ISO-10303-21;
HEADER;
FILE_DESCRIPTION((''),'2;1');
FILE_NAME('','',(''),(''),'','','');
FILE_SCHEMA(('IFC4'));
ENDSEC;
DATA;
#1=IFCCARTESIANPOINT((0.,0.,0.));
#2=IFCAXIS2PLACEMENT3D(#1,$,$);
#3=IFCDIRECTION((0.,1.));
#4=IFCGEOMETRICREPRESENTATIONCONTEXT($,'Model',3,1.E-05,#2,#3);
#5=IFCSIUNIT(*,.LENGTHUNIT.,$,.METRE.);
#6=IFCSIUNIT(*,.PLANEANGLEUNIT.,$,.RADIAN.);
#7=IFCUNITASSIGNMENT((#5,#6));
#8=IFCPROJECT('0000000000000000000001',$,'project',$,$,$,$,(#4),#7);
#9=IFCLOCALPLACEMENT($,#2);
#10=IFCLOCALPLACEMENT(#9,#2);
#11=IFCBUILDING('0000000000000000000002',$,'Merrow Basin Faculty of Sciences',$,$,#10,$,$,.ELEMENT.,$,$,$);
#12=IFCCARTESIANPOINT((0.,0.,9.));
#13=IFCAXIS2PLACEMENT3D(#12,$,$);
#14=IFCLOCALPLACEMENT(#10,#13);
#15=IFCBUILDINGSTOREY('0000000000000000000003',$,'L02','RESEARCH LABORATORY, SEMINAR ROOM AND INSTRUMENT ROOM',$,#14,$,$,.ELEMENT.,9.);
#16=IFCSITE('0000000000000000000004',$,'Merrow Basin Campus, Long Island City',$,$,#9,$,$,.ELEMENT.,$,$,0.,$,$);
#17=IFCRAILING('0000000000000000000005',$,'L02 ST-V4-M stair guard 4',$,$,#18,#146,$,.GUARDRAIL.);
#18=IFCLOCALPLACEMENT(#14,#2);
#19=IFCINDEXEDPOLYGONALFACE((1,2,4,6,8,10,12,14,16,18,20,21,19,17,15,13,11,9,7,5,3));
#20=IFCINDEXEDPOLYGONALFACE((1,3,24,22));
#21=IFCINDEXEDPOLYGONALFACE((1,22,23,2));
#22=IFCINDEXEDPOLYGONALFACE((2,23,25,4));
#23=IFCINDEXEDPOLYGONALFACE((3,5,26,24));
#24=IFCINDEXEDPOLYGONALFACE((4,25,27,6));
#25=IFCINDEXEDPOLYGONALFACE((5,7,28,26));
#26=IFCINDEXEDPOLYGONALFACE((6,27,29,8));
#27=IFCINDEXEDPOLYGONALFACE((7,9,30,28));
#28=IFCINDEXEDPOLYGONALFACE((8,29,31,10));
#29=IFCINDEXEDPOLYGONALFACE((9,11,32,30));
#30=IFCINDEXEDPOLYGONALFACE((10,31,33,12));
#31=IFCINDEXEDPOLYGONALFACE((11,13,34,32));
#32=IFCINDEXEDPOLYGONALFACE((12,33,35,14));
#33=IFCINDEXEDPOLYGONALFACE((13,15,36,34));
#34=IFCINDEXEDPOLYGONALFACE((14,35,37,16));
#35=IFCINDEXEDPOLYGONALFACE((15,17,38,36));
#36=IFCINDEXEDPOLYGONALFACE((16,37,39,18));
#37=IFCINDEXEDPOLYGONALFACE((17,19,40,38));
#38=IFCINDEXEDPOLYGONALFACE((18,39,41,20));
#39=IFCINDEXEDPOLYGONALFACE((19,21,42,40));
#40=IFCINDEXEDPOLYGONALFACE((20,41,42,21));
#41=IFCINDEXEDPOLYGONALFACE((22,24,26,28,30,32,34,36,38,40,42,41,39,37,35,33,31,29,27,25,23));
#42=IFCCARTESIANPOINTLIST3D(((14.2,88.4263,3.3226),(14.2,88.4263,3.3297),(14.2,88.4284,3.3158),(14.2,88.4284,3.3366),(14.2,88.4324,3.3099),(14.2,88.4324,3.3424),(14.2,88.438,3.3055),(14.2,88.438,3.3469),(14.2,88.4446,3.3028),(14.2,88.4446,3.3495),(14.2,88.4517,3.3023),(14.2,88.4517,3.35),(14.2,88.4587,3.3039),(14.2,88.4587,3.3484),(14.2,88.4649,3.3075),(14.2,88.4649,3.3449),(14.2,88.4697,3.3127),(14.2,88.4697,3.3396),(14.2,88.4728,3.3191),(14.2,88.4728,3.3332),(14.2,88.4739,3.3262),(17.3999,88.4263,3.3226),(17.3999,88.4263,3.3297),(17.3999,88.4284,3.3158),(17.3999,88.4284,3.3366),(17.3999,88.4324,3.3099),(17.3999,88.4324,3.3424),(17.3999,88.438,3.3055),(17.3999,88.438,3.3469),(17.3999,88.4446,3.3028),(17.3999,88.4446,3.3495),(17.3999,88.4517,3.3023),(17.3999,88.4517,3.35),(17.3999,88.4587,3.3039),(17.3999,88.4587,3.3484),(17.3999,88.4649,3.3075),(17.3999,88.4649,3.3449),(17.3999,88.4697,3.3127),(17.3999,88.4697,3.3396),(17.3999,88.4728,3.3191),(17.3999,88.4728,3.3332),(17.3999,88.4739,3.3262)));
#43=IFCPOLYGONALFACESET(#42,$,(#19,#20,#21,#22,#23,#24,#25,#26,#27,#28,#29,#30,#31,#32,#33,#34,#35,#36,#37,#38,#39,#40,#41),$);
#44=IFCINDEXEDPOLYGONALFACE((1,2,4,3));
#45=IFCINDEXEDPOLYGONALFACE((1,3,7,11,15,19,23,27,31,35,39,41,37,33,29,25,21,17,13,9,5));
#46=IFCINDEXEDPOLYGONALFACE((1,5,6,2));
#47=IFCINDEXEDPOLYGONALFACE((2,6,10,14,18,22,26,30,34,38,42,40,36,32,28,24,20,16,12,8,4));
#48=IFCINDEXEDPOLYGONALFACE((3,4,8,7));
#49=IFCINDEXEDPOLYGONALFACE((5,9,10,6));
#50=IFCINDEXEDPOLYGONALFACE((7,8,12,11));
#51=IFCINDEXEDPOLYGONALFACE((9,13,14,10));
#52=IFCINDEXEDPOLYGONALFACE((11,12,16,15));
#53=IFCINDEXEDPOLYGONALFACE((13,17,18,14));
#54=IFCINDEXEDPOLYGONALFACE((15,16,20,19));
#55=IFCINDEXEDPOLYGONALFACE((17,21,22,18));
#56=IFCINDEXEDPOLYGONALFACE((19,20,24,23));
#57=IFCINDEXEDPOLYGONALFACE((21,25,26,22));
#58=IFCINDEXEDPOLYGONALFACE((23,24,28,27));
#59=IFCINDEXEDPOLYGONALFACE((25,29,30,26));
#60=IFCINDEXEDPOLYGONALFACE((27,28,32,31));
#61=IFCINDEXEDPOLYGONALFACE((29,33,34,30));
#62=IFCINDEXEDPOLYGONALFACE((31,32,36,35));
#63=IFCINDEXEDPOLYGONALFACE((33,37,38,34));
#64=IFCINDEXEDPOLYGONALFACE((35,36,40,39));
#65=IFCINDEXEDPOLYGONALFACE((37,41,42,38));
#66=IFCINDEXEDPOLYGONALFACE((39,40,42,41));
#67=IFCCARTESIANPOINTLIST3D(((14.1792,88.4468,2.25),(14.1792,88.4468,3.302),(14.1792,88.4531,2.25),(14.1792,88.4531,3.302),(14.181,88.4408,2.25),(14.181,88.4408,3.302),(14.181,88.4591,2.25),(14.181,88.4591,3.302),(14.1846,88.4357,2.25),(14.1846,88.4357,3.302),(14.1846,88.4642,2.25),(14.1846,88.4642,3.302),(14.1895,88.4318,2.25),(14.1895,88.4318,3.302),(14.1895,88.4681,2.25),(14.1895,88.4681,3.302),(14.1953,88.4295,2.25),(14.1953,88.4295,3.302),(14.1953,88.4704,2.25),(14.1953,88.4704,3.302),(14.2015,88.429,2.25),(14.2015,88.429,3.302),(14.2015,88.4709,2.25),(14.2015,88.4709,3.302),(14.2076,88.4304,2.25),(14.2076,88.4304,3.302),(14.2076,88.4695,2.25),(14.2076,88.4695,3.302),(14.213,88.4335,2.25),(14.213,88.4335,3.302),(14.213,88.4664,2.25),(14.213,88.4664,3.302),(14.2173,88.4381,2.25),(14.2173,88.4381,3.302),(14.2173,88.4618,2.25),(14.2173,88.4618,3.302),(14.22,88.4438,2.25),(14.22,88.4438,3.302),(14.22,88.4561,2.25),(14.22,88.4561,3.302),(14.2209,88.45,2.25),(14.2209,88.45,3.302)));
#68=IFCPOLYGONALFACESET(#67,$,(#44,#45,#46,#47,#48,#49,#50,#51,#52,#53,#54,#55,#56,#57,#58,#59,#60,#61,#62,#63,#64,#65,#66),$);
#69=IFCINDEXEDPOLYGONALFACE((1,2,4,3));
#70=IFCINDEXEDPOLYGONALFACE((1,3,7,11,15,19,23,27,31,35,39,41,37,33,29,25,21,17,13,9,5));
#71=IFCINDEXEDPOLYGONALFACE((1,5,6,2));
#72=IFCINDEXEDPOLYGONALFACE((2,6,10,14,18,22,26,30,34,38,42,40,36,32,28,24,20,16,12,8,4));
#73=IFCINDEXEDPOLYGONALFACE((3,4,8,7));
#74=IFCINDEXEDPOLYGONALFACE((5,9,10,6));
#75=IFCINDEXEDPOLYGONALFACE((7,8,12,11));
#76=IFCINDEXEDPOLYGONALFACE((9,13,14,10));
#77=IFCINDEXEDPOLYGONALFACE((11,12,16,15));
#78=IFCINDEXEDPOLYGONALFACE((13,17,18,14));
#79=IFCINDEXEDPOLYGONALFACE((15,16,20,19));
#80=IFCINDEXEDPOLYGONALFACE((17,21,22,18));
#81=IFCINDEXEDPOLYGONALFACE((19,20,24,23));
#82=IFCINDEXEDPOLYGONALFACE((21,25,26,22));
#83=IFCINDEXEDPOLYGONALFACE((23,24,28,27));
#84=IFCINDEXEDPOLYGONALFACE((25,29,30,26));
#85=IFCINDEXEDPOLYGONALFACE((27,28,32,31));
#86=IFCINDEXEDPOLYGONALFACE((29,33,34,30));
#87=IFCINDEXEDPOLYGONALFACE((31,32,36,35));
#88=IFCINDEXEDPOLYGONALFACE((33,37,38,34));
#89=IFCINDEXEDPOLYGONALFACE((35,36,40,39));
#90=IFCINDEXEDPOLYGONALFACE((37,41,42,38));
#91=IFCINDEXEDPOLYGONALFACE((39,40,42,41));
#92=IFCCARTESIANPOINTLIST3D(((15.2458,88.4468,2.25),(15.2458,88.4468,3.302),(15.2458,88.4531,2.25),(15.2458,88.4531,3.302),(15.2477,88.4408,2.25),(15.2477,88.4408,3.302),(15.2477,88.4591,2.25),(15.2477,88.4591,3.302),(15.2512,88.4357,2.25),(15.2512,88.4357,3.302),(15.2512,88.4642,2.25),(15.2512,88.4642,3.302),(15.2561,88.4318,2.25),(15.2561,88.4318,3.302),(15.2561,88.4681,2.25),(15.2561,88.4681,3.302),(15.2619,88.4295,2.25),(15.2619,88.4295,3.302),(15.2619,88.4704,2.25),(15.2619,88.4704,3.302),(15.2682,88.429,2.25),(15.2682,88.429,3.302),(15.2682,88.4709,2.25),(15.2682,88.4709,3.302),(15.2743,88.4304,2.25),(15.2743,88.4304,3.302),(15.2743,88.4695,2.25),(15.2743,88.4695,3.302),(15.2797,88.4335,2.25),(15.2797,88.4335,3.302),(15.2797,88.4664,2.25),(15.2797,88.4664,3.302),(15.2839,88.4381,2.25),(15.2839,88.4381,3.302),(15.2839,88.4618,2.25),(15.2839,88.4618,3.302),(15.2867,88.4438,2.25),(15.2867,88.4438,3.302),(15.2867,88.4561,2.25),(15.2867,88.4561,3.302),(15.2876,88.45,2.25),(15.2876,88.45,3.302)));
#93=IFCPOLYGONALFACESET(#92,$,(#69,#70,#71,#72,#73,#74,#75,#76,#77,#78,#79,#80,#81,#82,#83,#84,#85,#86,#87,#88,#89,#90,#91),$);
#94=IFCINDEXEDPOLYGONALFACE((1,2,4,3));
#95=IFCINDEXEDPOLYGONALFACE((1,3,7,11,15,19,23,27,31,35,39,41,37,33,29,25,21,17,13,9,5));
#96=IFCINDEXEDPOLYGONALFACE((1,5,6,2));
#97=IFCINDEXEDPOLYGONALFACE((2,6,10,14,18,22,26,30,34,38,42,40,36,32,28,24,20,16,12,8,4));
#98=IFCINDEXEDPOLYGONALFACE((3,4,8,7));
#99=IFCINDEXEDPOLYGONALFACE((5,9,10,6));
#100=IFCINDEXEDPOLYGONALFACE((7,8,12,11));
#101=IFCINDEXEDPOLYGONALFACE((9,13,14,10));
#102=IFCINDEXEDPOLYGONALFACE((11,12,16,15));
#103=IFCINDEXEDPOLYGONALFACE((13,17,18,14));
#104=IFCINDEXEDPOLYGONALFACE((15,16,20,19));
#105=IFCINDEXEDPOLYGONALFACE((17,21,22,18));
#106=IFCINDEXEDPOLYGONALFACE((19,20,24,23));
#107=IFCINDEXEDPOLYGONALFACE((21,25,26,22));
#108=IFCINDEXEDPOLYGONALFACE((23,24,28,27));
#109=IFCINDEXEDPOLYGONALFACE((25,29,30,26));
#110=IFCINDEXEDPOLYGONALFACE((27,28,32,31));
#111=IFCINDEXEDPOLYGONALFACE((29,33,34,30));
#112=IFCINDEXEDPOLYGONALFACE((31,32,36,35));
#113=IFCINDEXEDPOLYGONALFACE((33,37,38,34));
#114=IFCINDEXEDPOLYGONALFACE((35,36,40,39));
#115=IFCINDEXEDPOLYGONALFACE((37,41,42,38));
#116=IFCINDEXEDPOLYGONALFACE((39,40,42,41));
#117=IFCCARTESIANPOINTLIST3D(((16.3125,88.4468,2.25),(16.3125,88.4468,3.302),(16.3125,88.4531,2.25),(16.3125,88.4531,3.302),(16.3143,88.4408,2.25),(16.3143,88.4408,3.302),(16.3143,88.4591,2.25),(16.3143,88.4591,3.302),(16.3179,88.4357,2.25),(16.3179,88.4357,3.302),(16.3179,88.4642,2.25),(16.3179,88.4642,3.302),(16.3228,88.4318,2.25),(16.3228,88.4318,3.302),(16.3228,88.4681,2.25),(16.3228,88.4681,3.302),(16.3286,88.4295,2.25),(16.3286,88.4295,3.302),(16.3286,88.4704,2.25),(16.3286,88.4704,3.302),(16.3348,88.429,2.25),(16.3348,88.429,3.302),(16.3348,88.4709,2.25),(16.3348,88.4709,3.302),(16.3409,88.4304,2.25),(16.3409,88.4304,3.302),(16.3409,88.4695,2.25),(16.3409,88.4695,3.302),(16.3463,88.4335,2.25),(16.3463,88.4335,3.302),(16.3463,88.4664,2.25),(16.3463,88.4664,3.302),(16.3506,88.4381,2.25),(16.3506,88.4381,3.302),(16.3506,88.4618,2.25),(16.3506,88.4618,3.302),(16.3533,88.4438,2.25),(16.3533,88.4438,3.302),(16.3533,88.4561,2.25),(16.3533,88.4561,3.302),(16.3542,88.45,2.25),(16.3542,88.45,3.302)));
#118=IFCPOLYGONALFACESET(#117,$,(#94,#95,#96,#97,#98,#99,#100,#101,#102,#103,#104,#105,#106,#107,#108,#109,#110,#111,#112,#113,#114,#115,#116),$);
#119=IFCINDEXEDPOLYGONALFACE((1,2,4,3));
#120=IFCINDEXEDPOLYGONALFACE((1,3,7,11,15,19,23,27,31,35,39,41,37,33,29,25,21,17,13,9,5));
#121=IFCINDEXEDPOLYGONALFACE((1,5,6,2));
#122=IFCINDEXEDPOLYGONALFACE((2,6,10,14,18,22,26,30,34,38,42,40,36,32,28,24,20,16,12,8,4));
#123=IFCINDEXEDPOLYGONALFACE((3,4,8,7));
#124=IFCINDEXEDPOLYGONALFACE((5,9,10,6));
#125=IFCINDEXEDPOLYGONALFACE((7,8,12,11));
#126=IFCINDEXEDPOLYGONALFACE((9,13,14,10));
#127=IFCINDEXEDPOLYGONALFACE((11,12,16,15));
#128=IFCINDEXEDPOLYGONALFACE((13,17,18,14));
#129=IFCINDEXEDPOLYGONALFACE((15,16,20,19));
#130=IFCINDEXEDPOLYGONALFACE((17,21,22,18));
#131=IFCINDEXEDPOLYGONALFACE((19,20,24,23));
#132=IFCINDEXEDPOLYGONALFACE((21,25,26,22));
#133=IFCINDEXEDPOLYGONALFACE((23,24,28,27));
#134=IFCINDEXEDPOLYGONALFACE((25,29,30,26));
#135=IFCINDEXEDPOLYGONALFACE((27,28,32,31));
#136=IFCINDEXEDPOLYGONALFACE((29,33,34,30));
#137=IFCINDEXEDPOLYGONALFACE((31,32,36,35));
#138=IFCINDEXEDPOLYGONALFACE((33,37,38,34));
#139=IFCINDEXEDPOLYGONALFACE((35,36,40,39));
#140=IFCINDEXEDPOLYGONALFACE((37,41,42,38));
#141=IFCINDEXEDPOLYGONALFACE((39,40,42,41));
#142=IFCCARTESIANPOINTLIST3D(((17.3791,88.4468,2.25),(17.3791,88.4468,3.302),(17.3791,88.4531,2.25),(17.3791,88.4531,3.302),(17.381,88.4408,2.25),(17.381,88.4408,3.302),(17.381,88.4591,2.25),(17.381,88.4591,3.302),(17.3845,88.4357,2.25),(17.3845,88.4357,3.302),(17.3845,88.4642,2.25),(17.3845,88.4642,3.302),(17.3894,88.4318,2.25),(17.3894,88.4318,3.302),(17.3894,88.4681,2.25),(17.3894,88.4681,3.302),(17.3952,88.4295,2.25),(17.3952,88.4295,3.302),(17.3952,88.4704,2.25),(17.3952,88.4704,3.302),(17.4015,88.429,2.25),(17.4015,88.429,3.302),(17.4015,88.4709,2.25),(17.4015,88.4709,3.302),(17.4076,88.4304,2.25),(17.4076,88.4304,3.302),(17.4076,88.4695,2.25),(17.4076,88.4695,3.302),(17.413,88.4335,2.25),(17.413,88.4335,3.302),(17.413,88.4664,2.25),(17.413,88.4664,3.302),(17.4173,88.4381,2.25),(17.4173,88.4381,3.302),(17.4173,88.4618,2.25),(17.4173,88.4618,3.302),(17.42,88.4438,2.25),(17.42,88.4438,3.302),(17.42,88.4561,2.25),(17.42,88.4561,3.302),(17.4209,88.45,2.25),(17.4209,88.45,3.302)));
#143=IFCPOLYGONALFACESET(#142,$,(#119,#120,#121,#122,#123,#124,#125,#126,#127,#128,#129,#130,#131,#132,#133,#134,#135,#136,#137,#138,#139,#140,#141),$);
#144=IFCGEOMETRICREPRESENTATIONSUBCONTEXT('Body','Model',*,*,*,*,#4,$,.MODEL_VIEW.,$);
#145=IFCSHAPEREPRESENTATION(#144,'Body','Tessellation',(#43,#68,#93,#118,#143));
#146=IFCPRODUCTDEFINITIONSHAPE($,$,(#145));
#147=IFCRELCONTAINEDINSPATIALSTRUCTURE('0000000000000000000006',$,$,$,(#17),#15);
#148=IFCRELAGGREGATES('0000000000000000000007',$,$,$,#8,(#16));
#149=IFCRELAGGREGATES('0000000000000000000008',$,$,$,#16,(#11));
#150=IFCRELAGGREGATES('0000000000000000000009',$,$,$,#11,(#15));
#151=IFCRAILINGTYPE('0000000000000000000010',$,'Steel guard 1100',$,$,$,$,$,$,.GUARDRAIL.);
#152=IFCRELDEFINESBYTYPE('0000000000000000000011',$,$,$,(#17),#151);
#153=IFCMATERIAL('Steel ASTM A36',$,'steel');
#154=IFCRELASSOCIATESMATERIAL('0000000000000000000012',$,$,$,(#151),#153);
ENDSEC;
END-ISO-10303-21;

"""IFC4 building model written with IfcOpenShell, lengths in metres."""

from ifc_helpers import new_model, si_unit, direction, frame, origin, origin_2d, place, context, subcontext, project, spatial, circle, extrude, material, type_object, element, save


model = new_model("IFC4")

# Units and contexts
model_context = context("Model", 3, precision=1e-05, world=origin(), true_north=direction((0.0, 1.0)))
body_context = subcontext(model_context, "Body", "Model", "MODEL_VIEW")
ifc_project = project(units=[si_unit("LENGTHUNIT", "METRE"), si_unit("PLANEANGLEUNIT", "RADIAN")], contexts=[model_context])

# Site, building, storey
site_placement = place(None, origin())
site = spatial("IfcSite", under=ifc_project, at=site_placement, Name="Merrow Basin Campus, Long Island City", CompositionType="ELEMENT", RefElevation=0.0)
building_placement = place(site_placement, origin())
building = spatial("IfcBuilding", under=site, at=building_placement, Name="Merrow Basin Faculty of Sciences", CompositionType="ELEMENT")
storey_placement = place(building_placement, frame((0.0, 0.0, 9.0)))
storey = spatial("IfcBuildingStorey", under=building, at=storey_placement, Name="L02", Description="RESEARCH LABORATORY, SEMINAR ROOM AND INSTRUMENT ROOM", CompositionType="ELEMENT", Elevation=9.0)

# Railing
ifc_material_1 = material(Name="Steel ASTM A36", Category="steel")
railing_type_1 = type_object("IfcRailingType", Name="Steel guard 1100", PredefinedType="GUARDRAIL", material=ifc_material_1)
railing_1_placement = place(storey_placement, frame((14.2, 88.45, 2.25)))
element("IfcRailing", 1, at=railing_1_placement, inside=storey, type_object=railing_type_1, Name="L02 ST-V4-M stair guard 4", PredefinedType="GUARDRAIL", context=body_context, shape_type="SweptSolid", body=[
    extrude(circle(Radius=0.0239, at=origin_2d()), frame((0.0, 0.0, 1.0762), z_axis=(1.0, 0.0, 0.0), x_axis=(0.0, 1.0, 0.0)), (0.0, 0.0, 1.0), 3.2),
    extrude(circle(Radius=0.021, at=origin_2d()), origin(), (0.0, 0.0, 1.0), 1.052),
    extrude(circle(Radius=0.021, at=origin_2d()), frame((1.0667, 0.0, 0.0)), (0.0, 0.0, 1.0), 1.052),
    extrude(circle(Radius=0.021, at=origin_2d()), frame((2.1333, 0.0, 0.0)), (0.0, 0.0, 1.0), 1.052),
    extrude(circle(Radius=0.021, at=origin_2d()), frame((3.2, 0.0, 0.0)), (0.0, 0.0, 1.0), 1.052),
])

save(model, "model.ifc")
